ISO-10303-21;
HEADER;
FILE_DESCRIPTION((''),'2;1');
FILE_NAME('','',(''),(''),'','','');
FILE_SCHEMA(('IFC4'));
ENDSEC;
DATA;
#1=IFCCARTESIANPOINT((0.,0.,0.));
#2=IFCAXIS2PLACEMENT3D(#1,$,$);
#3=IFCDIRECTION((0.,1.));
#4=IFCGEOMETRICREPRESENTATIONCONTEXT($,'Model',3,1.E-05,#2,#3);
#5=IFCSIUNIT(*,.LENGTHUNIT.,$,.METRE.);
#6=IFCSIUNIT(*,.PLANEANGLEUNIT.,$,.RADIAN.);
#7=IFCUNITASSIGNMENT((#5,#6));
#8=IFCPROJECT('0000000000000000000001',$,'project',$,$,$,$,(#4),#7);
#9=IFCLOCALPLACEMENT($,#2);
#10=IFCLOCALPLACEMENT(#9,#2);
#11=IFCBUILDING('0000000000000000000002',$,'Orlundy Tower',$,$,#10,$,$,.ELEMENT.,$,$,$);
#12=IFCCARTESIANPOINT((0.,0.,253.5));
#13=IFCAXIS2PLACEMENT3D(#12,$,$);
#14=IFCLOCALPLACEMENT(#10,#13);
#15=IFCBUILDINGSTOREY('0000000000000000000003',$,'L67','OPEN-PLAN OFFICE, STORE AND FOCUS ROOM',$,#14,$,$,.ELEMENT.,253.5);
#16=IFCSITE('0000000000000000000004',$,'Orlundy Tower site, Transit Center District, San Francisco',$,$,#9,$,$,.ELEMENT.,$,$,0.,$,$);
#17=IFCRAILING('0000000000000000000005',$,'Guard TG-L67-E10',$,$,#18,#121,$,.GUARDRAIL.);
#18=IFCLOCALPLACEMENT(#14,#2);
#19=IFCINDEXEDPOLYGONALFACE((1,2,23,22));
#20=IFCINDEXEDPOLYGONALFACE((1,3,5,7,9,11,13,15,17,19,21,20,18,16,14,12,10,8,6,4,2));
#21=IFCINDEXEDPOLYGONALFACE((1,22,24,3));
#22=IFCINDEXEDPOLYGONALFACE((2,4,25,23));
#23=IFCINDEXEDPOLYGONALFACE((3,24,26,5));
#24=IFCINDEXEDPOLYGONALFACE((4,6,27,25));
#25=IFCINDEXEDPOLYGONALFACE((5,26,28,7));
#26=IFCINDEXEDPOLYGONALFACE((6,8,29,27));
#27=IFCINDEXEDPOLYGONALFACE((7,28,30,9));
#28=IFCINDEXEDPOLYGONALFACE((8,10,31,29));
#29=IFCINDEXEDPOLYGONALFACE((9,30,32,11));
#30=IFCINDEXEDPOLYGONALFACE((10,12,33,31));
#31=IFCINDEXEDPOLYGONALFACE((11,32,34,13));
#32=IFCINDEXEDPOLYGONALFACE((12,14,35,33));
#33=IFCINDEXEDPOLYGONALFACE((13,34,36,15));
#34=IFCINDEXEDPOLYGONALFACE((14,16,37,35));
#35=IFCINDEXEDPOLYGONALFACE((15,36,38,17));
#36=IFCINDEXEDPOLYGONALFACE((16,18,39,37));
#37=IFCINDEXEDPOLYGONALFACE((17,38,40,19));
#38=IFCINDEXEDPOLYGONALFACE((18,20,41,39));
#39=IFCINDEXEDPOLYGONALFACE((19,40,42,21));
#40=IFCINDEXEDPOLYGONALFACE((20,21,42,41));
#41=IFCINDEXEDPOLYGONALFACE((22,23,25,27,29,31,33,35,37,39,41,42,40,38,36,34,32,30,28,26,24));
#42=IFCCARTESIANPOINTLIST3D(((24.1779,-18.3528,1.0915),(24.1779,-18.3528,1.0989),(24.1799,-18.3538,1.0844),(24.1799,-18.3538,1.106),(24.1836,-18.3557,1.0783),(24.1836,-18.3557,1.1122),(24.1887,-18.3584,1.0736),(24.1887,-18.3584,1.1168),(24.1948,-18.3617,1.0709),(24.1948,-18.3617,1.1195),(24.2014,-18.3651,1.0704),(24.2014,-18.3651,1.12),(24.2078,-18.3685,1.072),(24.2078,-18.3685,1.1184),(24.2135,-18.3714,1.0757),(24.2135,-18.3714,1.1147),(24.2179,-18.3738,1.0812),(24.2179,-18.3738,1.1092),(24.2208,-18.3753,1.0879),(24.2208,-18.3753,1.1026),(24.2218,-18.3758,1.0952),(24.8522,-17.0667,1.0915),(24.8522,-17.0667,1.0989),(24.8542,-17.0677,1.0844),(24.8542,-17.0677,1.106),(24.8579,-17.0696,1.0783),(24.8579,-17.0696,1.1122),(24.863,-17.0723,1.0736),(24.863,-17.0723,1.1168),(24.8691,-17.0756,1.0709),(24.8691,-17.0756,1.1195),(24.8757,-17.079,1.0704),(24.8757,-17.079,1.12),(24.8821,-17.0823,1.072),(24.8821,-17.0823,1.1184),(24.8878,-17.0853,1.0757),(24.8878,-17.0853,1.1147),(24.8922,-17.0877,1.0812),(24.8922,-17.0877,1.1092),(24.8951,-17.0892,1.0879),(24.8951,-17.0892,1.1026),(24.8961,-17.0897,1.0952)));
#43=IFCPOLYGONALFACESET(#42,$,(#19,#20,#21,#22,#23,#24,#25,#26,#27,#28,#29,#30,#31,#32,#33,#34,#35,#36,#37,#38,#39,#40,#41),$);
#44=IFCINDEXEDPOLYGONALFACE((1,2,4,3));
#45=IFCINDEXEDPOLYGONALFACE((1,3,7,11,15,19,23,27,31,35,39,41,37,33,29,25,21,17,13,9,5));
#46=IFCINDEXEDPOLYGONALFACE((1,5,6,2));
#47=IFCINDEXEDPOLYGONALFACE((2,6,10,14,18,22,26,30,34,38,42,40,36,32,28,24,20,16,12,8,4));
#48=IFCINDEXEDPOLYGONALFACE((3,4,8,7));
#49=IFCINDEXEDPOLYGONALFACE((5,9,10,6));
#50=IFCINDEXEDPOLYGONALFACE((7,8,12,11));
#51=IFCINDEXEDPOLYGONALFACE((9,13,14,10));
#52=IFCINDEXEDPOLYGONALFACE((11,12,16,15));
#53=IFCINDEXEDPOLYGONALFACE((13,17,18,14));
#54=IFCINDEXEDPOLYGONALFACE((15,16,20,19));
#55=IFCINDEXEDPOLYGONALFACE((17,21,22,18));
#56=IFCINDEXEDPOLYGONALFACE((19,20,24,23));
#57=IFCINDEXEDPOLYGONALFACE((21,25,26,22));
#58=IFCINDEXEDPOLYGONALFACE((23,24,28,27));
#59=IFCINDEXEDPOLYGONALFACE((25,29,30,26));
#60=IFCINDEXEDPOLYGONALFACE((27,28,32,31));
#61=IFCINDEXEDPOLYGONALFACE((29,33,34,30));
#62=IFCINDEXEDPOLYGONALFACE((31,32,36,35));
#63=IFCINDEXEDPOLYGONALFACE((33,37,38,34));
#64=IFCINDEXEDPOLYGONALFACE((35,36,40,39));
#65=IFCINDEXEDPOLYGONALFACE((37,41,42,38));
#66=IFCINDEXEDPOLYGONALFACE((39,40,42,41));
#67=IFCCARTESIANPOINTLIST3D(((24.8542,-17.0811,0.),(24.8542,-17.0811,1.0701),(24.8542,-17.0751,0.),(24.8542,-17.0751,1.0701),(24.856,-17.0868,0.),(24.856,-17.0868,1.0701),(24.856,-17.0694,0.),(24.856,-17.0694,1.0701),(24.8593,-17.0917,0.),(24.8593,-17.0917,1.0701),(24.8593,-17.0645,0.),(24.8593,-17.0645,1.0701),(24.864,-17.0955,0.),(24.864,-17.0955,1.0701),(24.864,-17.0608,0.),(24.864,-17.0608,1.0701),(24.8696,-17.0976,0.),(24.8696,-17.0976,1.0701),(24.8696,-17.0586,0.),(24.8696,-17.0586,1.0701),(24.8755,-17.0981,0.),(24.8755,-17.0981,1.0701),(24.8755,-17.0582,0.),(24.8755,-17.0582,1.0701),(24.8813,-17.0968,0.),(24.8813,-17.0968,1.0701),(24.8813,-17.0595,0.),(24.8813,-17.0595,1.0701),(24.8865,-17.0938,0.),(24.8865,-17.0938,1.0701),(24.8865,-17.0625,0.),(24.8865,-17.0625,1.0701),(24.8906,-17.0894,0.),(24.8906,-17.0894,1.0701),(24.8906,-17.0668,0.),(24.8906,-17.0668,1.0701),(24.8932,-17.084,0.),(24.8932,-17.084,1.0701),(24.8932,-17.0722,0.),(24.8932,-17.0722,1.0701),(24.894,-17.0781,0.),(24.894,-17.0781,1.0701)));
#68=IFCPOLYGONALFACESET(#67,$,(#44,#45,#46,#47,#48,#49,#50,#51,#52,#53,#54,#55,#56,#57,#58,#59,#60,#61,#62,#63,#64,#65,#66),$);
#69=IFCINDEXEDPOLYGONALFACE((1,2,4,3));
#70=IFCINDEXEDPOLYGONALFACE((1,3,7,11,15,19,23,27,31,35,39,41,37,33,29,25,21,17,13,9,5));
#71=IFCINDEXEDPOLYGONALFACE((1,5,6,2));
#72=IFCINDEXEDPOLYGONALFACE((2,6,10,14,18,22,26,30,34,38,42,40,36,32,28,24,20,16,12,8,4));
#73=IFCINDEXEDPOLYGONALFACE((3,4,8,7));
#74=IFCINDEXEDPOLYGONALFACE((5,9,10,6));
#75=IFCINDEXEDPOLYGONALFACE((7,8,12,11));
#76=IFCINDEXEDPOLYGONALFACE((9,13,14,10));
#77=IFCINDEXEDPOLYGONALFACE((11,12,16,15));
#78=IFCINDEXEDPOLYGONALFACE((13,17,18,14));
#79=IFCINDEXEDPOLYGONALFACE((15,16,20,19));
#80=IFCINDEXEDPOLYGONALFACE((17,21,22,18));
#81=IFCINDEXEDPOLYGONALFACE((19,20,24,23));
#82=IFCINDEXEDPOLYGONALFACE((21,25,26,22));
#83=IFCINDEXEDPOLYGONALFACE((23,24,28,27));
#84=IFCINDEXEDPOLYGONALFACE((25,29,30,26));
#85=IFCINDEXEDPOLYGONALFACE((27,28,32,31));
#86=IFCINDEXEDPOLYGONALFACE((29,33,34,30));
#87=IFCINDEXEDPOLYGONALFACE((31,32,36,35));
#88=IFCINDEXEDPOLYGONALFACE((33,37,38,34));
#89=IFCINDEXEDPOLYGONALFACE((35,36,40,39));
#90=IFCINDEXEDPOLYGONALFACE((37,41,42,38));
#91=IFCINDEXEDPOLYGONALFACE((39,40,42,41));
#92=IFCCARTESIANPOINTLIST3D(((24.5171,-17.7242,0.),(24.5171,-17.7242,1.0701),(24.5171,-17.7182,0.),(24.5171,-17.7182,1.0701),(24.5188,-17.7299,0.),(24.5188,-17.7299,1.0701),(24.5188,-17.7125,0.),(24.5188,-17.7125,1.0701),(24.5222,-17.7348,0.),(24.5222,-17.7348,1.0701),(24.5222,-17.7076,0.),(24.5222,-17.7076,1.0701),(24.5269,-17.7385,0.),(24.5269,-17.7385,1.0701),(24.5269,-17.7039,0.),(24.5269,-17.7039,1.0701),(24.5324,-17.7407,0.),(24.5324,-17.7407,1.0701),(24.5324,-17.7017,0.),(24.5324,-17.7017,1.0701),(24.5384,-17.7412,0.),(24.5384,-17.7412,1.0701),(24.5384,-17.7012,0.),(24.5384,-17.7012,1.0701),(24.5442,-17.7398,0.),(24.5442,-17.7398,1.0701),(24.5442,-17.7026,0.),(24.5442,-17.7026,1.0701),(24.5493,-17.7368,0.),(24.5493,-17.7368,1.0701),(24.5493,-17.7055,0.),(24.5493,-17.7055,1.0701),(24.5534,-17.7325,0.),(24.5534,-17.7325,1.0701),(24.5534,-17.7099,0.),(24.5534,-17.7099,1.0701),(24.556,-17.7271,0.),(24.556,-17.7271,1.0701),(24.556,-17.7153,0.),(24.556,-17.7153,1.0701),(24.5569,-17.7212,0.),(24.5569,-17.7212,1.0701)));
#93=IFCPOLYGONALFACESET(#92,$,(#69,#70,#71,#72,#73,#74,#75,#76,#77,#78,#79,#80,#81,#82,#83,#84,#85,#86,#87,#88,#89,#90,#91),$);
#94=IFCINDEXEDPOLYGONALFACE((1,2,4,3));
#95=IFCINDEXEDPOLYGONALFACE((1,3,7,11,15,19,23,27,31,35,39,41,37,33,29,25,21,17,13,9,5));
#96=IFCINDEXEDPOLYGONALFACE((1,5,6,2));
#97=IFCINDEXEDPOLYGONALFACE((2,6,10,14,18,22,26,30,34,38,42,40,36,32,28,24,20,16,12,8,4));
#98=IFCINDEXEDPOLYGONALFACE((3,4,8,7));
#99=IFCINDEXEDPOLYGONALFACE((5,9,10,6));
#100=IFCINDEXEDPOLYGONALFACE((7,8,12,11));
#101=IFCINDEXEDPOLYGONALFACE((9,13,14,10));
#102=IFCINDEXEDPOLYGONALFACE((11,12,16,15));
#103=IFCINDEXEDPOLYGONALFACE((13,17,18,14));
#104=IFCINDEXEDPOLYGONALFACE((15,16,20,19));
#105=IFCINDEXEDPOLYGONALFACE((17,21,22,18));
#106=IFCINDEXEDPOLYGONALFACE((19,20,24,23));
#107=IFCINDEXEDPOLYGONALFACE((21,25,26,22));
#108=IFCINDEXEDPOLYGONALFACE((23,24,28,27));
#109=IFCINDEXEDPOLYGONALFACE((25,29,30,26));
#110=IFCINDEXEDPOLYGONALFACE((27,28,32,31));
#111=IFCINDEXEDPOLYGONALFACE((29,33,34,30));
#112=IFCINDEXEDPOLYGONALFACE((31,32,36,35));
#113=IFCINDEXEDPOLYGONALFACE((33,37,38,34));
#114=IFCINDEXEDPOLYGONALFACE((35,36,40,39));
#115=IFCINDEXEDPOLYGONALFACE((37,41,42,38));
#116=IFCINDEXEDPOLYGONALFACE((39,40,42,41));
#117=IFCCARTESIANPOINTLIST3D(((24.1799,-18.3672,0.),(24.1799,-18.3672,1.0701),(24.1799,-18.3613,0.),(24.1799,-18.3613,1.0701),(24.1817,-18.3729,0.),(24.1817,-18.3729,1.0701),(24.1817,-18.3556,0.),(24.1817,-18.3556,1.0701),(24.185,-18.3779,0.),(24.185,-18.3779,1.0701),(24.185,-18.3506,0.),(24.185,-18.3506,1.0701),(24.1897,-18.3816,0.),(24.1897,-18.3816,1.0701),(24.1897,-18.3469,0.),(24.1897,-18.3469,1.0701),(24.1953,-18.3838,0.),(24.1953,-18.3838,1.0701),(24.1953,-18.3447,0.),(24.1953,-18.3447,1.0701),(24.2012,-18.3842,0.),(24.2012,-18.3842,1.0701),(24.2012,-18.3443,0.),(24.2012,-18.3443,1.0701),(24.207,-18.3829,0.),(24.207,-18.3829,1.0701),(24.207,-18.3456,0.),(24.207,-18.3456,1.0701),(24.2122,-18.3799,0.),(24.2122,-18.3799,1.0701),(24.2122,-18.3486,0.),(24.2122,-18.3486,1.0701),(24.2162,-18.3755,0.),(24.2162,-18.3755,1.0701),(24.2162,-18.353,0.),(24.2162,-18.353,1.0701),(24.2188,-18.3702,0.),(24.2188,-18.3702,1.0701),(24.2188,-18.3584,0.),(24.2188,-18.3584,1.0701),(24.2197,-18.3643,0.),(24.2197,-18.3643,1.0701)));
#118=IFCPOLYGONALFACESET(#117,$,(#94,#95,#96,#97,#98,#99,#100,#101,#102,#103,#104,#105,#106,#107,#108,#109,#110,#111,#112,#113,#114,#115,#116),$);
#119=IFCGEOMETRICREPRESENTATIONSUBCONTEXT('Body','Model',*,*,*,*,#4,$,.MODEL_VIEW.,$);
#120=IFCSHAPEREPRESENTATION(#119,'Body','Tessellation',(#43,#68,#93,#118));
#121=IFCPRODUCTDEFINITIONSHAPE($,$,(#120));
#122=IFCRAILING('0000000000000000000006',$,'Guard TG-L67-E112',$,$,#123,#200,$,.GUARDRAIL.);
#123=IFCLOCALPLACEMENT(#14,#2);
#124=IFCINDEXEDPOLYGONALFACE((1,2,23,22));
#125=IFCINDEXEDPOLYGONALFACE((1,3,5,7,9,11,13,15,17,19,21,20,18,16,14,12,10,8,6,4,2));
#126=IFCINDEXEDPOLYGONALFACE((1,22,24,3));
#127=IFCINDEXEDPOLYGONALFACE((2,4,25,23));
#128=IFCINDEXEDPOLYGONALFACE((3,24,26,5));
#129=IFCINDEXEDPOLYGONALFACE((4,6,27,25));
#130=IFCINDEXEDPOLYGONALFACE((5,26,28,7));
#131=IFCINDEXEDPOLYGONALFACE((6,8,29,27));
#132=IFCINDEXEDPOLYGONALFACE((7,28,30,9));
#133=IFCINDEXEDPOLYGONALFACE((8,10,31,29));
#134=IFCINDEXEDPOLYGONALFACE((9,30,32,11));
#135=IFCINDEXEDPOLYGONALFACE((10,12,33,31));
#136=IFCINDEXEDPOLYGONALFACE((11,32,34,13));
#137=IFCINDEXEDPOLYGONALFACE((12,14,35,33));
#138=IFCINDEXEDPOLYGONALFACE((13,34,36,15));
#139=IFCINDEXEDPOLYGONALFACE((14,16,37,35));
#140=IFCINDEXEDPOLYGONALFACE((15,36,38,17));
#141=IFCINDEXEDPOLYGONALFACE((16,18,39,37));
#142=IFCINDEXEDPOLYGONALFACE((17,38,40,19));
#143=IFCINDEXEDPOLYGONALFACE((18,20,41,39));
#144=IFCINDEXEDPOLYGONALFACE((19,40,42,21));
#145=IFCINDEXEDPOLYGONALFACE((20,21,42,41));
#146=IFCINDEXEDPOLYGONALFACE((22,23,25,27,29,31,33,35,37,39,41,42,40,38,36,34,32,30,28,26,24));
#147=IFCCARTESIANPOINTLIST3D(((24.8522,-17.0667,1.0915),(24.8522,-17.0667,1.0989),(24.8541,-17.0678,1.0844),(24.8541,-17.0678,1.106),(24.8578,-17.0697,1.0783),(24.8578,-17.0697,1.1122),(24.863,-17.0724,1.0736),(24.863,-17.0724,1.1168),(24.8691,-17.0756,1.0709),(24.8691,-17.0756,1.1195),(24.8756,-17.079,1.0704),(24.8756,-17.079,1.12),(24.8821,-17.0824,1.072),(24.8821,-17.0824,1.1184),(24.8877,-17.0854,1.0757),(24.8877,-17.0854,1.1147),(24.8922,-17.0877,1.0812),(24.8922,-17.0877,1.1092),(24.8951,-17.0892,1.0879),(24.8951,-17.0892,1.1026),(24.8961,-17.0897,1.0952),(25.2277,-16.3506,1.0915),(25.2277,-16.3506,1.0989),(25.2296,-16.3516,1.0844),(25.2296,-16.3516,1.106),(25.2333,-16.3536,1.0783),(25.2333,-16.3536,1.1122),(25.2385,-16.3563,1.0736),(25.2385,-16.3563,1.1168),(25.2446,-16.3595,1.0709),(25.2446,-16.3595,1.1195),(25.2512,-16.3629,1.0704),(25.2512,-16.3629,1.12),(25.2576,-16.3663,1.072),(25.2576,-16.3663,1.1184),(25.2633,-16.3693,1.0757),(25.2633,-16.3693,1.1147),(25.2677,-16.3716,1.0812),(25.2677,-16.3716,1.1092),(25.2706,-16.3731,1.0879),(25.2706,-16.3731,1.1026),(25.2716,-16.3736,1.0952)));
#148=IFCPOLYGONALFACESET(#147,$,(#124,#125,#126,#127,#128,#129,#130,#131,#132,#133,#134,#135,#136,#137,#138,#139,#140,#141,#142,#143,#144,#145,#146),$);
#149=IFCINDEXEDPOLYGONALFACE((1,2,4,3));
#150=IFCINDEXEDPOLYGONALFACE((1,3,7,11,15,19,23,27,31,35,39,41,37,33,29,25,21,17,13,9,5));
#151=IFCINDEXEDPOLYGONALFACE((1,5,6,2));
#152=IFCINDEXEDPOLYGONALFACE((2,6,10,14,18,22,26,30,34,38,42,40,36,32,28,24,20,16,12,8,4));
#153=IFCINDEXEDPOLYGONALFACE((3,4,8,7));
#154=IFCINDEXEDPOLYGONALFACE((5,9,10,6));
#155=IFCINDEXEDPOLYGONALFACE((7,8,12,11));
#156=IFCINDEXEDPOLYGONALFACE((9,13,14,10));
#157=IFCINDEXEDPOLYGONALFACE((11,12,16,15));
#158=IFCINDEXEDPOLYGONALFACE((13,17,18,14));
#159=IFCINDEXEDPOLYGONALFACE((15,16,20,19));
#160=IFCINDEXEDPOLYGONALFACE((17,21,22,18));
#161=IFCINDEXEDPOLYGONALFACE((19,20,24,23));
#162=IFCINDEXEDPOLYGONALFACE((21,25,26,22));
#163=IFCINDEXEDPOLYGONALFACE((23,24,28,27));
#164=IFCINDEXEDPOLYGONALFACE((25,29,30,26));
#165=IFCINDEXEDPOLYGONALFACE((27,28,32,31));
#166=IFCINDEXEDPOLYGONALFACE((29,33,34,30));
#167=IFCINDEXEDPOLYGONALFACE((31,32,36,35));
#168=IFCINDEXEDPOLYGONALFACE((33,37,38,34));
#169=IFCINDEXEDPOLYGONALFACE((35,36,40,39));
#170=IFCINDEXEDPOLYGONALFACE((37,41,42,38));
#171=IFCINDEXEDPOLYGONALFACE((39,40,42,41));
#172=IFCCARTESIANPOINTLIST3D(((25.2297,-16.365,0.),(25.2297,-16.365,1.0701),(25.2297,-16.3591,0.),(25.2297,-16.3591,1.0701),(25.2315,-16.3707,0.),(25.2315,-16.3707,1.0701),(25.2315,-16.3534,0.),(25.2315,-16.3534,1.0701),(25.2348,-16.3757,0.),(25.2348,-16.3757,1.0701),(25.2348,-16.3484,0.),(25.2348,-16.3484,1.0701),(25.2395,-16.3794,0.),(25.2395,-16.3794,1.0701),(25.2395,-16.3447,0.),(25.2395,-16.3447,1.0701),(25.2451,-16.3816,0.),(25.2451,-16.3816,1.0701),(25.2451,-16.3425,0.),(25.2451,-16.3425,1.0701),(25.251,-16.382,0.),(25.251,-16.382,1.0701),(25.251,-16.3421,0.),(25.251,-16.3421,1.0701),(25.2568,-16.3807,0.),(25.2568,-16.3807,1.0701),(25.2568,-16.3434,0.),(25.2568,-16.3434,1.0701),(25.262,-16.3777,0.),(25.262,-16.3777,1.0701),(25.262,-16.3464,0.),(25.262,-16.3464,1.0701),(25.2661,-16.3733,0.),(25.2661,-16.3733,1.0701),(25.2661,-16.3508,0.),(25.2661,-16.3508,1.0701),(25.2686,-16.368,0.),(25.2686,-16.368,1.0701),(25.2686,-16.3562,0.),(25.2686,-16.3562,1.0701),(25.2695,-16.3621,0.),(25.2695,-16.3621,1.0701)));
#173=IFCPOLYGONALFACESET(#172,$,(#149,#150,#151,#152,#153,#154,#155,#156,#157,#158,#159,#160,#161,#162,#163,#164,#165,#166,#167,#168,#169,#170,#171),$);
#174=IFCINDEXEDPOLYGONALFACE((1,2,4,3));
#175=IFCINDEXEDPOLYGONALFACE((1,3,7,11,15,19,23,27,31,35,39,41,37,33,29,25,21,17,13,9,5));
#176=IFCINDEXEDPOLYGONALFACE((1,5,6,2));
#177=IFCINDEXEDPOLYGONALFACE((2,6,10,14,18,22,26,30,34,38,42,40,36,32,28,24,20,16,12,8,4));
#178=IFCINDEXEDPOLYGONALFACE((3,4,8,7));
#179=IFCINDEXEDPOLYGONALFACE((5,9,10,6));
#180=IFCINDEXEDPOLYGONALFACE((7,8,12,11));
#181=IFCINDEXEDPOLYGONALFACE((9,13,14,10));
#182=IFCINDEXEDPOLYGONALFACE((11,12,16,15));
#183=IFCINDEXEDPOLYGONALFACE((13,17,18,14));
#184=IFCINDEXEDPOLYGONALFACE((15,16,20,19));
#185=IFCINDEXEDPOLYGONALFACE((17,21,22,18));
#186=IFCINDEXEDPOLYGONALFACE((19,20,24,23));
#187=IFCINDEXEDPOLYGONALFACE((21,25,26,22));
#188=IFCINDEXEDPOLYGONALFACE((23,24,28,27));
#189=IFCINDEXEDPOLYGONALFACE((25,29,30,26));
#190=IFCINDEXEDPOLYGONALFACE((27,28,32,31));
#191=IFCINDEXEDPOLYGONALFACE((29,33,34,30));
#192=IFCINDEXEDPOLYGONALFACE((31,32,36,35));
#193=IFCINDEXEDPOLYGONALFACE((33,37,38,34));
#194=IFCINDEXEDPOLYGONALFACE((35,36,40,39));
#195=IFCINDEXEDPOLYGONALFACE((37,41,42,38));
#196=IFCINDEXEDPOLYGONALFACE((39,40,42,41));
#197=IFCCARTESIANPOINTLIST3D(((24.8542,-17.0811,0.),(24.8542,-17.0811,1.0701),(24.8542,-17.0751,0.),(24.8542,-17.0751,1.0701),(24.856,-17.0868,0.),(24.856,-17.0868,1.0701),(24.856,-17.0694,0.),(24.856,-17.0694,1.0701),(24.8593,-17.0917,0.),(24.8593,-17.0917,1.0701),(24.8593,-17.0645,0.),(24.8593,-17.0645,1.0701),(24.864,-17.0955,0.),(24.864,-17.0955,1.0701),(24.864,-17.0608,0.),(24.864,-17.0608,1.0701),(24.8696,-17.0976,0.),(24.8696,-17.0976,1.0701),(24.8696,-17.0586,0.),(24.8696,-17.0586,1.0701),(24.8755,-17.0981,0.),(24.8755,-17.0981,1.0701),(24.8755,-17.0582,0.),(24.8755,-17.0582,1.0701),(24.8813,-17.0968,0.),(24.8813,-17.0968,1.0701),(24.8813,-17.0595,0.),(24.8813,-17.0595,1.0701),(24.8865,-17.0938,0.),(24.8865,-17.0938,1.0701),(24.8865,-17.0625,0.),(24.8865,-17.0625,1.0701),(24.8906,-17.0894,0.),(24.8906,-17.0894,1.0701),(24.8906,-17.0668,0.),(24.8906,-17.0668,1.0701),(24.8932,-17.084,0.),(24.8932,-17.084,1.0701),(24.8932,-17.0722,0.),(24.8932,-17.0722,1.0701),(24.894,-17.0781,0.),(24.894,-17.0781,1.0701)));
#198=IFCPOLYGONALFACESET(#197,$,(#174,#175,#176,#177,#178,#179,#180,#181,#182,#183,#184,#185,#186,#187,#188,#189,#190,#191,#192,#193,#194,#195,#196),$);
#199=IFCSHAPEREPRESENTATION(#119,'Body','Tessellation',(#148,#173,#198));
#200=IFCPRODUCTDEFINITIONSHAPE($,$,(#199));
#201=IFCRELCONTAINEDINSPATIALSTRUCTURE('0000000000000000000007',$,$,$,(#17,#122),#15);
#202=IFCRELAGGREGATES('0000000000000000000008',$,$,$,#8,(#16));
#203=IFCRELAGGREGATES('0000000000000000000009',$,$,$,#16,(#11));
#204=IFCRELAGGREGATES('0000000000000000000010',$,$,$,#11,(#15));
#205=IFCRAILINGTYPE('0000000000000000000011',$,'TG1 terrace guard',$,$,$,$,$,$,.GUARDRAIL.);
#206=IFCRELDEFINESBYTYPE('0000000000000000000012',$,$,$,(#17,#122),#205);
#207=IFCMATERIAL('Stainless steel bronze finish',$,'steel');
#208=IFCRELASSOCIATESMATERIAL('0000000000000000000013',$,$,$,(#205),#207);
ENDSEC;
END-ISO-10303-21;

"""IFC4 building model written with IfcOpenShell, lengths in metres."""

from ifc_helpers import new_model, si_unit, direction, frame, origin, origin_2d, place, context, subcontext, project, spatial, circle, extrude, material, type_object, element, save


model = new_model("IFC4")

# Units and contexts
model_context = context("Model", 3, precision=1e-05, world=origin(), true_north=direction((0.0, 1.0)))
body_context = subcontext(model_context, "Body", "Model", "MODEL_VIEW")
ifc_project = project(units=[si_unit("LENGTHUNIT", "METRE"), si_unit("PLANEANGLEUNIT", "RADIAN")], contexts=[model_context])

# Site, building, storey
site_placement = place(None, origin())
site = spatial("IfcSite", under=ifc_project, at=site_placement, Name="Orlundy Tower site, Transit Center District, San Francisco", CompositionType="ELEMENT", RefElevation=0.0)
building_placement = place(site_placement, origin())
building = spatial("IfcBuilding", under=site, at=building_placement, Name="Orlundy Tower", CompositionType="ELEMENT")
storey_placement = place(building_placement, frame((0.0, 0.0, 253.5)))
storey = spatial("IfcBuildingStorey", under=building, at=storey_placement, Name="L67", Description="OPEN-PLAN OFFICE, STORE AND FOCUS ROOM", CompositionType="ELEMENT", Elevation=253.5)

# Railings
ifc_material_1 = material(Name="Stainless steel bronze finish", Category="steel")
railing_type_1 = type_object("IfcRailingType", Name="TG1 terrace guard", PredefinedType="GUARDRAIL", material=ifc_material_1)
railing_1_placement = place(storey_placement, frame((24.874, -17.0781, 0.0)))
element("IfcRailing", 1, at=railing_1_placement, inside=storey, type_object=railing_type_1, Name="Guard TG-L67-E10", PredefinedType="GUARDRAIL", context=body_context, shape_type="SweptSolid", body=[
    extrude(circle(Radius=0.0249, at=origin_2d()), frame((0.0, 0.0, 1.0952), z_axis=(-0.464346, -0.885654, 0.0), x_axis=(0.885654, -0.464346, 0.0)), (0.0, 0.0, 1.0), 1.4521),
    extrude(circle(Radius=0.02, at=origin_2d()), origin(), (0.0, 0.0, 1.0), 1.0701),
    extrude(circle(Radius=0.02, at=origin_2d()), frame((-0.3372, -0.6431, 0.0)), (0.0, 0.0, 1.0), 1.0701),
    extrude(circle(Radius=0.02, at=origin_2d()), frame((-0.6743, -1.2861, 0.0)), (0.0, 0.0, 1.0), 1.0701),
])
railing_2_placement = place(storey_placement, frame((25.2495, -16.3621, 0.0)))
element("IfcRailing", 2, at=railing_2_placement, inside=storey, type_object=railing_type_1, Name="Guard TG-L67-E112", PredefinedType="GUARDRAIL", context=body_context, shape_type="SweptSolid", body=[
    extrude(circle(Radius=0.0249, at=origin_2d()), frame((0.0, 0.0, 1.0952), z_axis=(-0.464402, -0.885625, 0.0), x_axis=(0.885625, -0.464402, 0.0)), (0.0, 0.0, 1.0), 0.8086),
    extrude(circle(Radius=0.02, at=origin_2d()), origin(), (0.0, 0.0, 1.0), 1.0701),
    extrude(circle(Radius=0.02, at=origin_2d()), frame((-0.3755, -0.7161, 0.0)), (0.0, 0.0, 1.0), 1.0701),
])

save(model, "model.ifc")
